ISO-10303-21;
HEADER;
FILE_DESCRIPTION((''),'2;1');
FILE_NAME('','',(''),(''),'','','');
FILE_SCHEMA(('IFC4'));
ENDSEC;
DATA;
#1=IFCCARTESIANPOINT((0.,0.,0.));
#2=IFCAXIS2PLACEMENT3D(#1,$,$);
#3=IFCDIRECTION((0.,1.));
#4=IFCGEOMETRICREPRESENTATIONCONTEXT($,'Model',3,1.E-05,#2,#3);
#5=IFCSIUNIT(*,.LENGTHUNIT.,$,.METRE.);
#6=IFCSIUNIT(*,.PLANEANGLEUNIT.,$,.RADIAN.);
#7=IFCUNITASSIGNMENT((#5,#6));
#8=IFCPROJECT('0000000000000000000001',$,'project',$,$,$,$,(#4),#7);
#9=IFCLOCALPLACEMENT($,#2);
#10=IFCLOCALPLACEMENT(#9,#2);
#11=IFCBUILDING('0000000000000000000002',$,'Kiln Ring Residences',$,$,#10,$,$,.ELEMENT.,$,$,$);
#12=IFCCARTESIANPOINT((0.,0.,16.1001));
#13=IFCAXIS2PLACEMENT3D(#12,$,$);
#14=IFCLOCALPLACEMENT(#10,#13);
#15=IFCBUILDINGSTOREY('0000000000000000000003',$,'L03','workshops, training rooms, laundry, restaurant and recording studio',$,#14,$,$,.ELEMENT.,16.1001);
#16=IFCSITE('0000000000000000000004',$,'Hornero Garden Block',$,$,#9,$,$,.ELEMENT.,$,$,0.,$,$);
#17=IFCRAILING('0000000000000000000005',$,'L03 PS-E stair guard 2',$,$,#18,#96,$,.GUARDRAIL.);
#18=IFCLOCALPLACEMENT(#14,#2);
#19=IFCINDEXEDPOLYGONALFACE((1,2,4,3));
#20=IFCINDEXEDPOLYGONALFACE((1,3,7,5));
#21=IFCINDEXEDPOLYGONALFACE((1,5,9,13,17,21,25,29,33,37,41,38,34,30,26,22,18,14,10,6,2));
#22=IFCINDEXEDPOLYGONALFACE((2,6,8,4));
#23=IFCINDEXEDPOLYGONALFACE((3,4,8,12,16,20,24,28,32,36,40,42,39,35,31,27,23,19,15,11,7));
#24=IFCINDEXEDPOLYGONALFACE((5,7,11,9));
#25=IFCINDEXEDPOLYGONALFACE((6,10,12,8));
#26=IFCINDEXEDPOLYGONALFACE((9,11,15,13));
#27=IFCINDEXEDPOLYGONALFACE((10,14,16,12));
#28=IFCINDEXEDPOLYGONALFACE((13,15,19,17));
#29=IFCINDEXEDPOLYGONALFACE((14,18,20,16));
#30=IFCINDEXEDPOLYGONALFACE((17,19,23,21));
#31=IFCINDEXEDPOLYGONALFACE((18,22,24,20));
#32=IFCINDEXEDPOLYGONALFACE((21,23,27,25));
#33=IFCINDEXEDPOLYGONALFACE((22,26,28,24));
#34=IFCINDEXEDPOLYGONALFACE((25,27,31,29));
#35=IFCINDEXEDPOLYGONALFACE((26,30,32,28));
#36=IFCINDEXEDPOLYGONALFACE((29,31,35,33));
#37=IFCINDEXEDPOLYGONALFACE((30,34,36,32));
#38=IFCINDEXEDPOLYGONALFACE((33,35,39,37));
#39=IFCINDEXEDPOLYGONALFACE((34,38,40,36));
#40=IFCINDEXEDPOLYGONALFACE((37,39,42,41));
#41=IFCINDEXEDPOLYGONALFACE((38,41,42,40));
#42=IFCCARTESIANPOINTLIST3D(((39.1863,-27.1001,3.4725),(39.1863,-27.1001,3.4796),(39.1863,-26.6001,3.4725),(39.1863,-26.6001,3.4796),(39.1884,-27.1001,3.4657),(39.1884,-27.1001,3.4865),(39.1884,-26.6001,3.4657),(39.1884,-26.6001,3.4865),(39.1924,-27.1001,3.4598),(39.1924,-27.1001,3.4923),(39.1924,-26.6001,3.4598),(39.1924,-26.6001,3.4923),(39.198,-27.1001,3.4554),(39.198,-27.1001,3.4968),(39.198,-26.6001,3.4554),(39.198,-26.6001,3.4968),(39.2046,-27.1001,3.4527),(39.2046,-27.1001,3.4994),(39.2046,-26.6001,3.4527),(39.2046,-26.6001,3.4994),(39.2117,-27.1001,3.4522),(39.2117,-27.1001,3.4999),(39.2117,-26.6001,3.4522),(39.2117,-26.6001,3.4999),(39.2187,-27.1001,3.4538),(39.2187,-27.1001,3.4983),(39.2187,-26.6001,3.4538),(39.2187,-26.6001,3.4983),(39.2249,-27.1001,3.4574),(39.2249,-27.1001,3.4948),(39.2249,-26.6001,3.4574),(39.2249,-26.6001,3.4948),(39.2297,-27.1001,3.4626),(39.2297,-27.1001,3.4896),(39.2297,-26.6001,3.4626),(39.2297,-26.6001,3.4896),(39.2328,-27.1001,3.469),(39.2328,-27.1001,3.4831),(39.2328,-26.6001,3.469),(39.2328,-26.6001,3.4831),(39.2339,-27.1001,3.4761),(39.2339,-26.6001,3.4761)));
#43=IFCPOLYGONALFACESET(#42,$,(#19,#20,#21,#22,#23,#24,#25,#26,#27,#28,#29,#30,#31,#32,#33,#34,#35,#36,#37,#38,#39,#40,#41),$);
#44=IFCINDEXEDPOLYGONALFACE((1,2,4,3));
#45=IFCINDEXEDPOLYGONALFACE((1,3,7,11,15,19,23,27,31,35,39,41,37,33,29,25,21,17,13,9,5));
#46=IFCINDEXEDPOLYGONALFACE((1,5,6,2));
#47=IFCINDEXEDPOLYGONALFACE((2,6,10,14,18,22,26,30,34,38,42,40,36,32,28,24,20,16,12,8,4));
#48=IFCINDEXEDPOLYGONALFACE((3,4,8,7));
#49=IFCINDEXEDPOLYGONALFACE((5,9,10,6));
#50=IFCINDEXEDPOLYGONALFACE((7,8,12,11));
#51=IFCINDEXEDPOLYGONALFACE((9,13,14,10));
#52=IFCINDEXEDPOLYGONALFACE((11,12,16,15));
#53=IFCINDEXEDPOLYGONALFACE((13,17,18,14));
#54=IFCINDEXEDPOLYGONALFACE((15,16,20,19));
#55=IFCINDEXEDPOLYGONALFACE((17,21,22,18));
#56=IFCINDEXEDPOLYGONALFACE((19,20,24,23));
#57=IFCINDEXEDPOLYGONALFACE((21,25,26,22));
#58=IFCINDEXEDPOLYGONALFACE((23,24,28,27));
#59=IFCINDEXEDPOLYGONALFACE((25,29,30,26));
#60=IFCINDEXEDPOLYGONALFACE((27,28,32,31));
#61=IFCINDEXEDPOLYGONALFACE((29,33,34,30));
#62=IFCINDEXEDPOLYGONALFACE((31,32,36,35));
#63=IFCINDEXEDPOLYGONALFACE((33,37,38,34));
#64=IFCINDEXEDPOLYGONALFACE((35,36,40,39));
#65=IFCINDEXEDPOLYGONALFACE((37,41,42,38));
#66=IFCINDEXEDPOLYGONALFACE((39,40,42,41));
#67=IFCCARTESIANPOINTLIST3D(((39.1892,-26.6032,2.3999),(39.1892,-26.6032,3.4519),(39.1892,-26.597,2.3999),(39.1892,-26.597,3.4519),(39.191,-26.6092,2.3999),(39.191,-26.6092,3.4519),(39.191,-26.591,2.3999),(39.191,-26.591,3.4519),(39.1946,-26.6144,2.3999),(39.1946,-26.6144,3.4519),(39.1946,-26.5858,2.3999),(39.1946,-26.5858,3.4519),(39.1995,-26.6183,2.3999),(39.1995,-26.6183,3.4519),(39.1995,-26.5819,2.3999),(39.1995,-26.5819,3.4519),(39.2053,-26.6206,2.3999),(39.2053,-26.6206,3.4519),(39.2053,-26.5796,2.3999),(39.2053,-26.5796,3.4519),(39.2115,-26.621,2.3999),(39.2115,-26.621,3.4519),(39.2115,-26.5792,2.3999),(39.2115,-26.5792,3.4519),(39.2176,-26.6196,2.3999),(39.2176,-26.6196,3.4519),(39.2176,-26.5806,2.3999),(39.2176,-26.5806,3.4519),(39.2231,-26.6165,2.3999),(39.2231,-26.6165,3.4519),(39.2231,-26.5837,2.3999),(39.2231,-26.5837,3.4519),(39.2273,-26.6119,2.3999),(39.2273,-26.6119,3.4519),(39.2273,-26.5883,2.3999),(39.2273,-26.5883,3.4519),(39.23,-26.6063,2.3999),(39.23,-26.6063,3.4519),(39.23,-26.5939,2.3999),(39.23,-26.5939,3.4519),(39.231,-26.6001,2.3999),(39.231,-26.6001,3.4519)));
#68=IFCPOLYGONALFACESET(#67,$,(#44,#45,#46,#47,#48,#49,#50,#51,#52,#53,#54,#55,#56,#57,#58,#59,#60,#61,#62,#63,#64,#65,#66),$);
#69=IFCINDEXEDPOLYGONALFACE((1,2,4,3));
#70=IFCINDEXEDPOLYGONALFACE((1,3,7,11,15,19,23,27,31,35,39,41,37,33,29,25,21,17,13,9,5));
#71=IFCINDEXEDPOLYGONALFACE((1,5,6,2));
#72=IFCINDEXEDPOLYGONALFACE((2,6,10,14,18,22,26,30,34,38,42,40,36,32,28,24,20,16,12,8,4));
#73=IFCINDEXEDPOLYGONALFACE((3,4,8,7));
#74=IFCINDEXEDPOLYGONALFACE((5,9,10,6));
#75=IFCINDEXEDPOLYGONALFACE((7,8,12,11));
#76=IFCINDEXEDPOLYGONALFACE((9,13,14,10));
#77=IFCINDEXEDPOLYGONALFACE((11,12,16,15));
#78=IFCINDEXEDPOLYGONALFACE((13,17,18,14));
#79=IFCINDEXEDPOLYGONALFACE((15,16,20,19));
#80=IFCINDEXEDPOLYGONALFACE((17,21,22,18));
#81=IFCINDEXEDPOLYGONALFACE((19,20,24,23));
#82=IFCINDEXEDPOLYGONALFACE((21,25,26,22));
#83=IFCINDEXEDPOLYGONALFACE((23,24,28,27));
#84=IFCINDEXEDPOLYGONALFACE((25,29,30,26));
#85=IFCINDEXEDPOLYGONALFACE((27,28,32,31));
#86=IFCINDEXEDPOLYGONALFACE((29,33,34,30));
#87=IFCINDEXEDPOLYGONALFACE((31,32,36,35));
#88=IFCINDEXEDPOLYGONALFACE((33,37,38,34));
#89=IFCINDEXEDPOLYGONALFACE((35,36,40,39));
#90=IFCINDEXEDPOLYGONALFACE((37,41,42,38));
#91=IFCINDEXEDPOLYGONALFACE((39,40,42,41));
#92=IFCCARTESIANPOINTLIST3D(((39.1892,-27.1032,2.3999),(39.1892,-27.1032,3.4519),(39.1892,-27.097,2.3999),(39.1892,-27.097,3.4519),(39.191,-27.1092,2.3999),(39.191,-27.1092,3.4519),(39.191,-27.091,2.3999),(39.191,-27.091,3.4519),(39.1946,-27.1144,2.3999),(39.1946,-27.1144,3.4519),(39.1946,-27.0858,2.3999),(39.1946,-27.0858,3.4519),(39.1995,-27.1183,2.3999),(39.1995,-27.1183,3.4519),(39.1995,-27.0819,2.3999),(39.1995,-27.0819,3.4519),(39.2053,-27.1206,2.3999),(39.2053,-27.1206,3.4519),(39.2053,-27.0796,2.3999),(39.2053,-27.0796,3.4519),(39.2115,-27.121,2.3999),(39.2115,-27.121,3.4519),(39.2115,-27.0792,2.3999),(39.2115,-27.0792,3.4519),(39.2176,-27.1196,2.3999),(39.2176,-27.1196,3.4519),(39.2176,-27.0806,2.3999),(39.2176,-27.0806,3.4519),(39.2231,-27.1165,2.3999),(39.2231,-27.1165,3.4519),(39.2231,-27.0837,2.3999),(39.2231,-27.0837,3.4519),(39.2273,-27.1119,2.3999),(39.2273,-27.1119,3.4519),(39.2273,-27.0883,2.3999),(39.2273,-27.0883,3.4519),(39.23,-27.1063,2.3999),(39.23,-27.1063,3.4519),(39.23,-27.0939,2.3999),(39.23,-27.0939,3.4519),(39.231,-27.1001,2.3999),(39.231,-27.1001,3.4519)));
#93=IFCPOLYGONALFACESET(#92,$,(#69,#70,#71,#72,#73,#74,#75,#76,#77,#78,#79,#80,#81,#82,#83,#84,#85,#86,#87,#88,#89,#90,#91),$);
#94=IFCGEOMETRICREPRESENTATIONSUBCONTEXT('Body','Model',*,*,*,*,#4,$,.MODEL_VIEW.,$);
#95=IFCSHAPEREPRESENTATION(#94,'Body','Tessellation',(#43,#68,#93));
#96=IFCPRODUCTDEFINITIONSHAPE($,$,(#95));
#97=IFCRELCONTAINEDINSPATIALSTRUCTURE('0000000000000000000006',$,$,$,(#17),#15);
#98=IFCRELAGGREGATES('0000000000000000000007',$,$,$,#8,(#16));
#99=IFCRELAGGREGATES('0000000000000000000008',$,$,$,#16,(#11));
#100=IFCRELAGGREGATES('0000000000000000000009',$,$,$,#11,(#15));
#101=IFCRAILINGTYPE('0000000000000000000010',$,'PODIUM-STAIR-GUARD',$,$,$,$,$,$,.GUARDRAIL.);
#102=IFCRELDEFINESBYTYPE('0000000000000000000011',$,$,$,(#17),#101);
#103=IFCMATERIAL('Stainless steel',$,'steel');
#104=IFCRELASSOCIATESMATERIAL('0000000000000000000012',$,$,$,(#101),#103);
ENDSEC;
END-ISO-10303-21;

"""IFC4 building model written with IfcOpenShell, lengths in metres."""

from ifc_helpers import new_model, si_unit, direction, frame, origin, origin_2d, place, context, subcontext, project, spatial, circle, extrude, material, type_object, element, save


model = new_model("IFC4")

# Units and contexts
model_context = context("Model", 3, precision=1e-05, world=origin(), true_north=direction((0.0, 1.0)))
body_context = subcontext(model_context, "Body", "Model", "MODEL_VIEW")
ifc_project = project(units=[si_unit("LENGTHUNIT", "METRE"), si_unit("PLANEANGLEUNIT", "RADIAN")], contexts=[model_context])

# Site, building, storey
site_placement = place(None, origin())
site = spatial("IfcSite", under=ifc_project, at=site_placement, Name="Hornero Garden Block", CompositionType="ELEMENT", RefElevation=0.0)
building_placement = place(site_placement, origin())
building = spatial("IfcBuilding", under=site, at=building_placement, Name="Kiln Ring Residences", CompositionType="ELEMENT")
storey_placement = place(building_placement, frame((0.0, 0.0, 16.1001)))
storey = spatial("IfcBuildingStorey", under=building, at=storey_placement, Name="L03", Description="workshops, training rooms, laundry, restaurant and recording studio", CompositionType="ELEMENT", Elevation=16.1001)

# Railing
ifc_material_1 = material(Name="Stainless steel", Category="steel")
railing_type_1 = type_object("IfcRailingType", Name="PODIUM-STAIR-GUARD", PredefinedType="GUARDRAIL", material=ifc_material_1)
railing_1_placement = place(storey_placement, frame((39.21, -26.6001, 2.3999)))
element("IfcRailing", 1, at=railing_1_placement, inside=storey, type_object=railing_type_1, Name="L03 PS-E stair guard 2", PredefinedType="GUARDRAIL", context=body_context, shape_type="SweptSolid", body=[
    extrude(circle(Radius=0.0239, at=origin_2d()), frame((0.0, 0.0, 1.0762), z_axis=(0.0, -1.0, 0.0), x_axis=(1.0, 0.0, 0.0)), (0.0, 0.0, 1.0), 0.5),
    extrude(circle(Radius=0.021, at=origin_2d()), origin(), (0.0, 0.0, 1.0), 1.052),
    extrude(circle(Radius=0.021, at=origin_2d()), frame((0.0, -0.5, 0.0)), (0.0, 0.0, 1.0), 1.052),
])

save(model, "model.ifc")
